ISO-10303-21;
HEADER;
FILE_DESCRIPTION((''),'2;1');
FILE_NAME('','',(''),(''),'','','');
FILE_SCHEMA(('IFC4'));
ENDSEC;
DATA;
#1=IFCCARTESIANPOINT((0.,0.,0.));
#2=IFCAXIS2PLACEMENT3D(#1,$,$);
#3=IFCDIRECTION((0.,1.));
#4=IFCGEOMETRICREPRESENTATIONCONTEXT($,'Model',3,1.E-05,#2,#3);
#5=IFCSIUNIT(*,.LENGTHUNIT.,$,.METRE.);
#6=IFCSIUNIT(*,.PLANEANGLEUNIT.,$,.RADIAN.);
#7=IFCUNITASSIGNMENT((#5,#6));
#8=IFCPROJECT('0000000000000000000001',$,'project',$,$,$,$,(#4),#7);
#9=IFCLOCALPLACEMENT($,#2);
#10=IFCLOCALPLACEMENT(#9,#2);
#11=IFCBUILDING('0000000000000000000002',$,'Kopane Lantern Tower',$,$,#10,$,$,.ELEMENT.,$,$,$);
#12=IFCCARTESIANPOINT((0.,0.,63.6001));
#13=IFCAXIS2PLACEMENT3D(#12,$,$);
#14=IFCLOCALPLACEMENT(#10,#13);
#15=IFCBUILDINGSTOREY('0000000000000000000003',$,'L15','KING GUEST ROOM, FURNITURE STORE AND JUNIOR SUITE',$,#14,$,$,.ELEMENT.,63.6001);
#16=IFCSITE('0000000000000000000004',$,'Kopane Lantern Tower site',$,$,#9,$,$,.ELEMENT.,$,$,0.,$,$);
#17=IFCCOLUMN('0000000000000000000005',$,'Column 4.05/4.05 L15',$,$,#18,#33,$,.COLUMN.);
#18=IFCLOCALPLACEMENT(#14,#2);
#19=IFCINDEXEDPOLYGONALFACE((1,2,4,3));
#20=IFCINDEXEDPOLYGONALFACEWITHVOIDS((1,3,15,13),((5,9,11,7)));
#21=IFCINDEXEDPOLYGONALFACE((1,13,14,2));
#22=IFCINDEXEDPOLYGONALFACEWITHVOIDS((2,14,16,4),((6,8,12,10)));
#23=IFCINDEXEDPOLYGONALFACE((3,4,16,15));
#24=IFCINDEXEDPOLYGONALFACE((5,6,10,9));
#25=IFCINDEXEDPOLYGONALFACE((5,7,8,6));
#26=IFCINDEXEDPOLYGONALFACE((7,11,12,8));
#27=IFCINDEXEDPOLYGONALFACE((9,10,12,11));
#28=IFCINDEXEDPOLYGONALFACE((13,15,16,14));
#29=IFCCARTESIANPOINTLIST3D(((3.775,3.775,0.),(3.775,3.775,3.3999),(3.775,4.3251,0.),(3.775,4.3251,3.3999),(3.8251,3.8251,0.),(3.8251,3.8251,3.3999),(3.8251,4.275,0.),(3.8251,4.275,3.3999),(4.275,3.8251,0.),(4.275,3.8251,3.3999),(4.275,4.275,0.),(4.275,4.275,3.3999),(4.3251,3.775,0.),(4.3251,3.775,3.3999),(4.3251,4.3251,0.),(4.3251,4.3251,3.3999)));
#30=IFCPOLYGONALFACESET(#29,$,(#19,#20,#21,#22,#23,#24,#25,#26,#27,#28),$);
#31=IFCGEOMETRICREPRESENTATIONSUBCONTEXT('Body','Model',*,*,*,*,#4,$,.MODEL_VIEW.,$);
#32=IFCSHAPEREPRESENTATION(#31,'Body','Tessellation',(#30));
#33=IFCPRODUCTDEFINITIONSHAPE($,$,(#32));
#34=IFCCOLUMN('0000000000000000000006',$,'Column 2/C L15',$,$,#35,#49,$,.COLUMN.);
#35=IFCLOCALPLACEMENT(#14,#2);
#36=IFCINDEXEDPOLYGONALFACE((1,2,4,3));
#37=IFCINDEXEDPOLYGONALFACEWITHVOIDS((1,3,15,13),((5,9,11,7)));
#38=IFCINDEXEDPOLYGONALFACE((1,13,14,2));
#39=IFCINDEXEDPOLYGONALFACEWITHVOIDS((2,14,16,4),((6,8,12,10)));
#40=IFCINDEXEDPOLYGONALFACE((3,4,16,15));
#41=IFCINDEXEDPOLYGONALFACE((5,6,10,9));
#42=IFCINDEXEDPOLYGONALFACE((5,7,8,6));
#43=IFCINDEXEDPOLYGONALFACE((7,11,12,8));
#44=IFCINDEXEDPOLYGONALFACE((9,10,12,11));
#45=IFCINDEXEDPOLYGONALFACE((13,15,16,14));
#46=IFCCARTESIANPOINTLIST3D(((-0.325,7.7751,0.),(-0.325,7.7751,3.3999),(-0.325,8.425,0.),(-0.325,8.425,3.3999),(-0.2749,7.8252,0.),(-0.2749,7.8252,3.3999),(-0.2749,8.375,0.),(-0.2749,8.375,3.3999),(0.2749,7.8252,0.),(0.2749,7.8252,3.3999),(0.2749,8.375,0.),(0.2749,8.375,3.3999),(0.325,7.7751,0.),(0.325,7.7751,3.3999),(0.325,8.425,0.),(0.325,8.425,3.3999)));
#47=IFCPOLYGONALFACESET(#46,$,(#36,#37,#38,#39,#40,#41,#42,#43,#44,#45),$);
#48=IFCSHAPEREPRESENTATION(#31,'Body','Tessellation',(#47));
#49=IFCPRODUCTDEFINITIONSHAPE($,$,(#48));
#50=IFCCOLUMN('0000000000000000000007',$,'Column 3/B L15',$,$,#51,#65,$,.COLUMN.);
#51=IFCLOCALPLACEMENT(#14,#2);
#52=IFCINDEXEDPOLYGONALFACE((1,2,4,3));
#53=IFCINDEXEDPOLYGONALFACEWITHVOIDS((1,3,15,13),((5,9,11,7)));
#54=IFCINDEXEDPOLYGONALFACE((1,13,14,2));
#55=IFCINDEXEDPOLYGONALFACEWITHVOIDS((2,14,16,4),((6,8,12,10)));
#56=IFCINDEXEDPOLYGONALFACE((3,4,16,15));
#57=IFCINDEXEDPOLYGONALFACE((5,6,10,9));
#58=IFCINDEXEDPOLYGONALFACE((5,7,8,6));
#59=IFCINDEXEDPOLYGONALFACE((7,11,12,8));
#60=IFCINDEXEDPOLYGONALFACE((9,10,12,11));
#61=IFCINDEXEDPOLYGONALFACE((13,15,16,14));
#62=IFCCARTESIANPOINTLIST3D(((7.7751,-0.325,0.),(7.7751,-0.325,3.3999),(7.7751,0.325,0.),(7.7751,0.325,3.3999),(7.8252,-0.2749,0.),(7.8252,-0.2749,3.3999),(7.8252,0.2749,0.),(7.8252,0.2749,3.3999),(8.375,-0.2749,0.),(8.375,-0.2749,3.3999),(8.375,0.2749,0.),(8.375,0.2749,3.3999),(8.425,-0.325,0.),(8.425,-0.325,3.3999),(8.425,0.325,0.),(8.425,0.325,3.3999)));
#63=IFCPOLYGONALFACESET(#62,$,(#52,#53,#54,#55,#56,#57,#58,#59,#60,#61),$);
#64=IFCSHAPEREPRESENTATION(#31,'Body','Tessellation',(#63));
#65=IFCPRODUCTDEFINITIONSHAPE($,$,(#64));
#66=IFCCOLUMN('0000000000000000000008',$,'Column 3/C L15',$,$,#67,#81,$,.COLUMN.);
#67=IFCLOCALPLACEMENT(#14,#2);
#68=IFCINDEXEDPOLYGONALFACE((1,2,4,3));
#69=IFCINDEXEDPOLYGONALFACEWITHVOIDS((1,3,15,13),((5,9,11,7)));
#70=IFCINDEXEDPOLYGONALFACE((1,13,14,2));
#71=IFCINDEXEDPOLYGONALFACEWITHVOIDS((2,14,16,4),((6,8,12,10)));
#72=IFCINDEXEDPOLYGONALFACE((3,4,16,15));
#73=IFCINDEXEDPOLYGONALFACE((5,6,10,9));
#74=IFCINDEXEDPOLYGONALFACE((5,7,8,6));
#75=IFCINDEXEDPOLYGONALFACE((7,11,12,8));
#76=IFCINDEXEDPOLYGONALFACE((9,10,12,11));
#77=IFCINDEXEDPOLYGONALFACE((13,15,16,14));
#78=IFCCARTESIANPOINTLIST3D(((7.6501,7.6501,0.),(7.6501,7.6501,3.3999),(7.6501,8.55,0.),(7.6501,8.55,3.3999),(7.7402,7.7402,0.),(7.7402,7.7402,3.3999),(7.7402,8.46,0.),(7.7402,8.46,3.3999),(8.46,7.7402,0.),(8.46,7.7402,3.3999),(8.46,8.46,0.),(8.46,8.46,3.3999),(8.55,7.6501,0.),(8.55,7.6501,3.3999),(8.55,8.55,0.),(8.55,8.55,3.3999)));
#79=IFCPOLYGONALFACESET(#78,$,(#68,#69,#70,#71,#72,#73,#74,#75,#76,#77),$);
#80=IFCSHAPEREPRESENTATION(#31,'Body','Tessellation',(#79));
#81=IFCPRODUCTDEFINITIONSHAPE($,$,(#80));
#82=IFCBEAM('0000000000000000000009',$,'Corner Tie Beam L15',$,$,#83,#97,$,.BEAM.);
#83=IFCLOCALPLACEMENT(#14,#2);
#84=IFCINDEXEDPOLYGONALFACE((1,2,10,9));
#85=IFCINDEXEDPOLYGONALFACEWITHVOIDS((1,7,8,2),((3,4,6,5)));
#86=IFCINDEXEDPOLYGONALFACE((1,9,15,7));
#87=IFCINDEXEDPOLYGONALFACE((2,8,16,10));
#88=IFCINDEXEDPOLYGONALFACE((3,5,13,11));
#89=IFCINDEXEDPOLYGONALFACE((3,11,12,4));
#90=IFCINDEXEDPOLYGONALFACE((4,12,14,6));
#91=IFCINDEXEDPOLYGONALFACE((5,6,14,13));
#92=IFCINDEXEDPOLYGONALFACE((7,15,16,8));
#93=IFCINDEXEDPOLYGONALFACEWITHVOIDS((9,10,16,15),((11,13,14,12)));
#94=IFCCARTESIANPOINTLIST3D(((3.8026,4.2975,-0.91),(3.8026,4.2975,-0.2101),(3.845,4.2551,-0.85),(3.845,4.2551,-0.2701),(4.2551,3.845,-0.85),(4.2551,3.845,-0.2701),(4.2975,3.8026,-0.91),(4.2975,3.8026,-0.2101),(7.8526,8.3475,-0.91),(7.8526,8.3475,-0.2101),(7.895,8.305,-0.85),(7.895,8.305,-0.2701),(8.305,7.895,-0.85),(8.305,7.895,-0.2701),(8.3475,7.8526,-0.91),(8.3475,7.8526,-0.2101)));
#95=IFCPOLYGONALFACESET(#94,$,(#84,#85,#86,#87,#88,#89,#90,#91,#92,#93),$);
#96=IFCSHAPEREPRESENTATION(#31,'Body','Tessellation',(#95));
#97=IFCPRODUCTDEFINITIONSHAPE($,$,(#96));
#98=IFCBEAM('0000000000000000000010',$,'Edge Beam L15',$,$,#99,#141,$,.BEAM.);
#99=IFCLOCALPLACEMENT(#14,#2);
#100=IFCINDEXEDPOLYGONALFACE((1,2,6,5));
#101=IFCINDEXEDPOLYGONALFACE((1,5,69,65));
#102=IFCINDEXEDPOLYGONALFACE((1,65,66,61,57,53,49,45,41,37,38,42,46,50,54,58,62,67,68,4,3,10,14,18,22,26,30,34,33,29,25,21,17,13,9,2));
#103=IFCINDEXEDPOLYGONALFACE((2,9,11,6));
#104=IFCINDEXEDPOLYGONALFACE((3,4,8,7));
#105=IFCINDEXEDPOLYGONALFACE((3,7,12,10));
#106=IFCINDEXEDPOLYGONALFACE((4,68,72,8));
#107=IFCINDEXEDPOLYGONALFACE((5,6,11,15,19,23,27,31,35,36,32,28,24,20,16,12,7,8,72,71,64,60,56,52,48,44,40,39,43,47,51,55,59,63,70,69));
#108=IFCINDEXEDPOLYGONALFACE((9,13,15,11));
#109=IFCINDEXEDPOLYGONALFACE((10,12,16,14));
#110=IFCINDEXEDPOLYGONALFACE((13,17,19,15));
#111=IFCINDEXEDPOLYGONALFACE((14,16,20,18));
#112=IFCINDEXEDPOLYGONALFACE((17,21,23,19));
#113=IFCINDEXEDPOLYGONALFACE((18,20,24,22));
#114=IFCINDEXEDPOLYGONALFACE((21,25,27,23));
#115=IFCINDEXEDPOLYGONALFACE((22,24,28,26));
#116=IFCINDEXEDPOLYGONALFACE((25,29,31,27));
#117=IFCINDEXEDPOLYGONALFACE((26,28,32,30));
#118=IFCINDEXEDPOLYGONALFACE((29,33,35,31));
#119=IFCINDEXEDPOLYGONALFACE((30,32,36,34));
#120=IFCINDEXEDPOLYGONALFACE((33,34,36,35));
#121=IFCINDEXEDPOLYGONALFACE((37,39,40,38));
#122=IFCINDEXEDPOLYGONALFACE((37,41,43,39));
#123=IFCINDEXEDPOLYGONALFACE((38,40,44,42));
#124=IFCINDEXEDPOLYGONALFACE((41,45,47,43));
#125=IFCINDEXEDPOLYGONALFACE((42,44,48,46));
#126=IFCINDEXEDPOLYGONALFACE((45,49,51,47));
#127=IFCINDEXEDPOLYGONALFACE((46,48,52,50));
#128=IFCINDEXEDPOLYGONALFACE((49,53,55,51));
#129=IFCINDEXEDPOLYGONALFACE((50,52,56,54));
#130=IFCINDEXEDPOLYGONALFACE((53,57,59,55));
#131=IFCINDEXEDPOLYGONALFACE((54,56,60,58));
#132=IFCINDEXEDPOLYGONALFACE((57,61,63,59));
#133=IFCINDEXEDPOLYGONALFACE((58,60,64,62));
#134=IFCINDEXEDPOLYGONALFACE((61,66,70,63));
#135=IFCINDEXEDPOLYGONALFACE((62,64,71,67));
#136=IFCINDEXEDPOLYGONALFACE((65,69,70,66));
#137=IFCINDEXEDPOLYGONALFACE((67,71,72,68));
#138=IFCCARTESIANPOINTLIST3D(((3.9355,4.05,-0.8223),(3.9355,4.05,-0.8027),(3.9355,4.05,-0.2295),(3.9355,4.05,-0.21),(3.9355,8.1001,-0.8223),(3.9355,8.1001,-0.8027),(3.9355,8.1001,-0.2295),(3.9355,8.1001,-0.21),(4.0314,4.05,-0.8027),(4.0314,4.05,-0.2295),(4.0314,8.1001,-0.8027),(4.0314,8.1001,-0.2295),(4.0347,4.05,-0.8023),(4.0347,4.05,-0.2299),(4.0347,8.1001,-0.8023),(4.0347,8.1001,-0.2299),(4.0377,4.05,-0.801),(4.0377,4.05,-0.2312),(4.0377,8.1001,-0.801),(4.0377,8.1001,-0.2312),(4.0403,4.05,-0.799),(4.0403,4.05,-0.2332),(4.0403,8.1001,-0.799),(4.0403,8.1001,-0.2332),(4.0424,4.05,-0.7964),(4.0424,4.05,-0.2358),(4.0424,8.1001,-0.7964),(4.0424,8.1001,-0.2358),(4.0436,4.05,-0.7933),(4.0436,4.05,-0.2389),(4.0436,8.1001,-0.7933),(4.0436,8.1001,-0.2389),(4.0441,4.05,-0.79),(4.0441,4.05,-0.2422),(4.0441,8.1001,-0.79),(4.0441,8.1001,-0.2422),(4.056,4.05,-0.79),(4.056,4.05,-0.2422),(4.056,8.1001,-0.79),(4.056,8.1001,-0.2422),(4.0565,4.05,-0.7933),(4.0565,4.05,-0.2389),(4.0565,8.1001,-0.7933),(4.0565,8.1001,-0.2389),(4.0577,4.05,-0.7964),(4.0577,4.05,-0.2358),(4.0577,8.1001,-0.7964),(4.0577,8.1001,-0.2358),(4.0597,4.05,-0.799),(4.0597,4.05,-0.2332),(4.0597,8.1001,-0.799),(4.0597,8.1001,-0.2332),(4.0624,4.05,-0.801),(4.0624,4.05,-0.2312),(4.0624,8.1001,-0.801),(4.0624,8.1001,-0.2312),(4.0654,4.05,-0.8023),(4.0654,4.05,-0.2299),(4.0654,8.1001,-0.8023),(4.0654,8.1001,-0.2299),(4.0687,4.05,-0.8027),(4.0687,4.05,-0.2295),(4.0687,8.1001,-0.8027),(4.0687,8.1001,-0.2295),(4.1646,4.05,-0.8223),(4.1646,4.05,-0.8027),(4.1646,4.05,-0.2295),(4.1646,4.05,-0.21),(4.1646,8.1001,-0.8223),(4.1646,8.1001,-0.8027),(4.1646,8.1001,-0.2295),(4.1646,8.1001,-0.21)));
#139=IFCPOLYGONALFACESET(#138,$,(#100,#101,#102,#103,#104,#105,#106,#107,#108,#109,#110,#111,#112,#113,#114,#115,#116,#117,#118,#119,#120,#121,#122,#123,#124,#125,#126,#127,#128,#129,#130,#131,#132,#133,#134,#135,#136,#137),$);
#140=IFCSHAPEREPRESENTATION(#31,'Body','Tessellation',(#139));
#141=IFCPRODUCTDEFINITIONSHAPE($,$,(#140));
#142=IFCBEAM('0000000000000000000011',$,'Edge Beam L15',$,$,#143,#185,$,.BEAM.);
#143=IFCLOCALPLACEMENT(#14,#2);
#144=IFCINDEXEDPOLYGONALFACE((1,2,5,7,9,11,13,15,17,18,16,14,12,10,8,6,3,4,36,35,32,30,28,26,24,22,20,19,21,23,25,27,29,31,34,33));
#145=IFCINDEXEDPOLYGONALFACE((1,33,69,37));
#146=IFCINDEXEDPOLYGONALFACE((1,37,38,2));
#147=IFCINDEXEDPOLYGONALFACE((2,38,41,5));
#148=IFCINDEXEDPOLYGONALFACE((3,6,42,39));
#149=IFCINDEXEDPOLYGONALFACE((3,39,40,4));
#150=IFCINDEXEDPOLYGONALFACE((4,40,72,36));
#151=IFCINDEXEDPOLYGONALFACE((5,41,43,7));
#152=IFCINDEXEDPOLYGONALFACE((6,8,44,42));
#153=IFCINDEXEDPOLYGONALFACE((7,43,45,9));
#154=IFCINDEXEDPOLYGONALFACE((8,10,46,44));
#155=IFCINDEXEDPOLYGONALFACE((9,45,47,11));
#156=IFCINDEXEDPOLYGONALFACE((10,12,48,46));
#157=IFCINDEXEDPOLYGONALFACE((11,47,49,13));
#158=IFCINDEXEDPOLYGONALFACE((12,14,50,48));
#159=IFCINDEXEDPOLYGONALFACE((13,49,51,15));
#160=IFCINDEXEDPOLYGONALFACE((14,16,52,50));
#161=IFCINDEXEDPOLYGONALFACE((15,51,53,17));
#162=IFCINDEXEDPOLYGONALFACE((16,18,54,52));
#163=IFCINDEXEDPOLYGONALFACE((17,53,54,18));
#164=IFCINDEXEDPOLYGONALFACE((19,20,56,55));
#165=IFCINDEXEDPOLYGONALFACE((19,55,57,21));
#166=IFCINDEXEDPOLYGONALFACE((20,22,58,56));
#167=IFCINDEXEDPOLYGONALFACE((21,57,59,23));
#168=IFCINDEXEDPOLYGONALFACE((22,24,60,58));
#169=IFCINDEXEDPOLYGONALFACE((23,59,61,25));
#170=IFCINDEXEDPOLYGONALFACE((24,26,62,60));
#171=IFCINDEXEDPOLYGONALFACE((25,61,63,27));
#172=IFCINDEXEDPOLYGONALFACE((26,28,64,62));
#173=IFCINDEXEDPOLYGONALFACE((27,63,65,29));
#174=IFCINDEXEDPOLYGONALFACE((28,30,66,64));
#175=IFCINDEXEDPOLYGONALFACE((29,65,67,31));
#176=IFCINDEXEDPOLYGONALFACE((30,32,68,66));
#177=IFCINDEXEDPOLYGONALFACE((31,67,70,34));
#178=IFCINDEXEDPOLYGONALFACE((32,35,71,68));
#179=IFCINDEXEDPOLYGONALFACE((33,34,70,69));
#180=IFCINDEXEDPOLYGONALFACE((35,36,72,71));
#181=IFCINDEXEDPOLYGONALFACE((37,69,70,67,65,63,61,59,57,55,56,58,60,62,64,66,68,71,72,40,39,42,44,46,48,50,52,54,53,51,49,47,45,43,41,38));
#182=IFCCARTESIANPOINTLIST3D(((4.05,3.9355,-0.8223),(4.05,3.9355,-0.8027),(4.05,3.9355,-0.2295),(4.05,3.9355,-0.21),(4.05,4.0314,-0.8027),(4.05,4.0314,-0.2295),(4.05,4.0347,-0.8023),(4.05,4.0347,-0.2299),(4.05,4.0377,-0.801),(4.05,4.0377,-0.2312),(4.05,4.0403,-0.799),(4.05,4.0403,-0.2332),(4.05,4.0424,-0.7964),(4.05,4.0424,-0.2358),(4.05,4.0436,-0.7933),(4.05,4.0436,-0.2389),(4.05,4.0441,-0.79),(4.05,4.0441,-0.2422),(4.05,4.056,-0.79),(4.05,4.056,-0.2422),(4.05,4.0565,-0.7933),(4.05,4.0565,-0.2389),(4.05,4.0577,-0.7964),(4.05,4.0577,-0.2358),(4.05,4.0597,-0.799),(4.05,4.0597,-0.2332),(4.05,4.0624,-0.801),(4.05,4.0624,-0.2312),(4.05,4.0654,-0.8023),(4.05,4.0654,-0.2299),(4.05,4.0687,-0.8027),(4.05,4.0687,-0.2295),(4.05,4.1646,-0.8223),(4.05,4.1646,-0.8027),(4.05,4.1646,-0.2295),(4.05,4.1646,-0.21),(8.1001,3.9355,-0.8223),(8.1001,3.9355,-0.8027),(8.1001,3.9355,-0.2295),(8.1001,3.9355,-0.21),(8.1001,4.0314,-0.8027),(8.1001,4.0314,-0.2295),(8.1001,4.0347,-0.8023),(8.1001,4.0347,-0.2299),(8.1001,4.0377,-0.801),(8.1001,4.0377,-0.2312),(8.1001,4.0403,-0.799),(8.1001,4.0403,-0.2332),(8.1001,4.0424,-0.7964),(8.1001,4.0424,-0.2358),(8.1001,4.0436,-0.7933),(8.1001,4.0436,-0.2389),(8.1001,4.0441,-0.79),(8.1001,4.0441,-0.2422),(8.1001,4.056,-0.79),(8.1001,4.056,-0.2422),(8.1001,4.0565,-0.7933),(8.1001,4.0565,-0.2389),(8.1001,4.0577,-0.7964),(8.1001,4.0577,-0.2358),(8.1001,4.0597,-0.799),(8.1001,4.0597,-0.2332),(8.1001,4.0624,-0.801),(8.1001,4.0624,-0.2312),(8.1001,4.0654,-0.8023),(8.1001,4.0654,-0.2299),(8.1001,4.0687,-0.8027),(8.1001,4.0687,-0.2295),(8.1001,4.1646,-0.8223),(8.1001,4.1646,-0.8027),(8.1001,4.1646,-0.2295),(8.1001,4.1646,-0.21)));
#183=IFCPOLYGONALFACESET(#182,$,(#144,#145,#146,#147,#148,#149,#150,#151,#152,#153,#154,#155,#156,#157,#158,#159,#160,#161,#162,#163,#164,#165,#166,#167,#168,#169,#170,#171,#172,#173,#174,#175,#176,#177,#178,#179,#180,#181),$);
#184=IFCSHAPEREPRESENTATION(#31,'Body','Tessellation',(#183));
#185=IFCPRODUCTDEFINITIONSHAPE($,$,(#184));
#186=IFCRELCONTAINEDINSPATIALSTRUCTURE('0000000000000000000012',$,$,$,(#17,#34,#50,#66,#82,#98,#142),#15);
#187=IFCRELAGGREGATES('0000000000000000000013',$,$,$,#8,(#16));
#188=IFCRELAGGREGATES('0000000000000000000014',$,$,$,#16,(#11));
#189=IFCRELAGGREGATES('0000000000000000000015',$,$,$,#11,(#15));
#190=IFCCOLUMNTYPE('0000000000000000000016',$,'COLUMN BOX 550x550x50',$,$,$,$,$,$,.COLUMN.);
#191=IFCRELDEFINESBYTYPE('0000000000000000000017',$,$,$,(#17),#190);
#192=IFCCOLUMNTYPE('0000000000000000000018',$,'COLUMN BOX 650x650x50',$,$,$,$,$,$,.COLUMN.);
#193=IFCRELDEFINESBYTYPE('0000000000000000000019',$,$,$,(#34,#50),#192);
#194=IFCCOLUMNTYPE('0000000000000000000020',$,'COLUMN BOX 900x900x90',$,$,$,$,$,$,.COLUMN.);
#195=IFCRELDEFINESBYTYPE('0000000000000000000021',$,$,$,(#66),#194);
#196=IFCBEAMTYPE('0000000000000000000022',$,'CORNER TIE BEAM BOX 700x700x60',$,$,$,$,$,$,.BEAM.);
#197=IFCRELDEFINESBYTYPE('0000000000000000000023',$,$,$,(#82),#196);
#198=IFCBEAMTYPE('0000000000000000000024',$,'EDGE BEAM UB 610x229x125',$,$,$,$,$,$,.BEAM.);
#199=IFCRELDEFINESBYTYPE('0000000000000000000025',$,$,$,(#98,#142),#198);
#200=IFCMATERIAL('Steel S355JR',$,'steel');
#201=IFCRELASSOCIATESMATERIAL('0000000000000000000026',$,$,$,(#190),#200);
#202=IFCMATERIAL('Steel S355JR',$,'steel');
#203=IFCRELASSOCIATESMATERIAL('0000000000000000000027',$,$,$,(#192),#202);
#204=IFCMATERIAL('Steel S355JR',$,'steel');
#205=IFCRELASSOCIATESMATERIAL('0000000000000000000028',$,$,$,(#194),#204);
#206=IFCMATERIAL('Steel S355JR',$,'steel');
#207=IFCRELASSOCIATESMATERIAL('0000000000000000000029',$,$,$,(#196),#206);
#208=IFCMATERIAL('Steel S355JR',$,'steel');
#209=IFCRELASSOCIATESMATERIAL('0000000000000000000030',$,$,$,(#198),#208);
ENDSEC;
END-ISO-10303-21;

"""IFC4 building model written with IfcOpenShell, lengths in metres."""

from ifc_helpers import new_model, si_unit, direction, frame, origin, origin_2d, place, context, subcontext, project, spatial, hollow_rectangle, i_section, extrude, material, material_profile, profile_set, type_object, element, save


model = new_model("IFC4")

# Units and contexts
model_context = context("Model", 3, precision=1e-05, world=origin(), true_north=direction((0.0, 1.0)))
body_context = subcontext(model_context, "Body", "Model", "MODEL_VIEW")
ifc_project = project(units=[si_unit("LENGTHUNIT", "METRE"), si_unit("PLANEANGLEUNIT", "RADIAN")], contexts=[model_context])

# Site, building, storey
site_placement = place(None, origin())
site = spatial("IfcSite", under=ifc_project, at=site_placement, Name="Kopane Lantern Tower site", CompositionType="ELEMENT", RefElevation=0.0)
building_placement = place(site_placement, origin())
building = spatial("IfcBuilding", under=site, at=building_placement, Name="Kopane Lantern Tower", CompositionType="ELEMENT")
storey_placement = place(building_placement, frame((0.0, 0.0, 63.6001)))
storey = spatial("IfcBuildingStorey", under=building, at=storey_placement, Name="L15", Description="KING GUEST ROOM, FURNITURE STORE AND JUNIOR SUITE", CompositionType="ELEMENT", Elevation=63.6001)

# Columns
ifc_material_1 = material(Name="Steel S355JR", Category="steel")
ifc_material_profile_1 = material_profile(ifc_material_1, hollow_rectangle(XDim=0.55, YDim=0.55, WallThickness=0.05, at=origin_2d()), Name="BOX 550x550x50")
ifc_profile_set_1 = profile_set([ifc_material_profile_1], Name="Steel S355JR")
column_type_1 = type_object("IfcColumnType", Name="COLUMN BOX 550x550x50", PredefinedType="COLUMN", material=ifc_profile_set_1)
column_1_placement = place(storey_placement, frame((4.05, 4.05, 0.0), z_axis=(0.0, 0.0, 1.0), x_axis=(1.0, 0.0, 0.0)))
element("IfcColumn", 1, at=column_1_placement, inside=storey, type_object=column_type_1, Name="Column 4.05/4.05 L15", PredefinedType="COLUMN", context=body_context, shape_type="SweptSolid", body=[
    extrude(hollow_rectangle(XDim=0.55, YDim=0.55, WallThickness=0.05, at=origin_2d()), origin(), (0.0, 0.0, 1.0), 3.3999),
])
ifc_material_2 = material(Name="Steel S355JR", Category="steel")
ifc_material_profile_2 = material_profile(ifc_material_2, hollow_rectangle(XDim=0.6499, YDim=0.6499, WallThickness=0.05, at=origin_2d()), Name="BOX 650x650x50")
ifc_profile_set_2 = profile_set([ifc_material_profile_2], Name="Steel S355JR")
column_type_2 = type_object("IfcColumnType", Name="COLUMN BOX 650x650x50", PredefinedType="COLUMN", material=ifc_profile_set_2)
for number, where, z_axis, x_axis, name in (
    (2, (0.0, 8.1001, 0.0), (0.0, 0.0, 1.0), (1.0, 0.0, 0.0), "Column 2/C L15"),
    (3, (8.1001, 0.0, 0.0), (0.0, 0.0, 1.0), (1.0, 0.0, 0.0), "Column 3/B L15"),
):
    element("IfcColumn", number, at=place(storey_placement, frame(where, z_axis=z_axis, x_axis=x_axis)), inside=storey, type_object=column_type_2, Name=name, PredefinedType="COLUMN", context=body_context, shape_type="SweptSolid", body=[
        extrude(hollow_rectangle(XDim=0.6499, YDim=0.6499, WallThickness=0.05, at=origin_2d()), origin(), (0.0, 0.0, 1.0), 3.3999),
    ])
ifc_material_3 = material(Name="Steel S355JR", Category="steel")
ifc_material_profile_3 = material_profile(ifc_material_3, hollow_rectangle(XDim=0.8999, YDim=0.8999, WallThickness=0.0901, at=origin_2d()), Name="BOX 900x900x90")
ifc_profile_set_3 = profile_set([ifc_material_profile_3], Name="Steel S355JR")
column_type_3 = type_object("IfcColumnType", Name="COLUMN BOX 900x900x90", PredefinedType="COLUMN", material=ifc_profile_set_3)
column_2_placement = place(storey_placement, frame((8.1001, 8.1001, 0.0), z_axis=(0.0, 0.0, 1.0), x_axis=(1.0, 0.0, 0.0)))
element("IfcColumn", 4, at=column_2_placement, inside=storey, type_object=column_type_3, Name="Column 3/C L15", PredefinedType="COLUMN", context=body_context, shape_type="SweptSolid", body=[
    extrude(hollow_rectangle(XDim=0.8999, YDim=0.8999, WallThickness=0.0901, at=origin_2d()), origin(), (0.0, 0.0, 1.0), 3.3999),
])

# Beams
ifc_material_4 = material(Name="Steel S355JR", Category="steel")
ifc_material_profile_4 = material_profile(ifc_material_4, hollow_rectangle(XDim=0.7, YDim=0.7, WallThickness=0.0601, at=origin_2d()), Name="BOX 700x700x60")
ifc_profile_set_4 = profile_set([ifc_material_profile_4], Name="Steel S355JR")
beam_type_1 = type_object("IfcBeamType", Name="CORNER TIE BEAM BOX 700x700x60", PredefinedType="BEAM", material=ifc_profile_set_4)
beam_1_placement = place(storey_placement, frame((4.05, 4.05, -0.5601), z_axis=(0.707107, 0.707107, 0.0), x_axis=(-0.707107, 0.707107, 0.0)))
element("IfcBeam", 5, at=beam_1_placement, inside=storey, type_object=beam_type_1, Name="Corner Tie Beam L15", PredefinedType="BEAM", context=body_context, shape_type="SweptSolid", body=[
    extrude(hollow_rectangle(XDim=0.7, YDim=0.7, WallThickness=0.0601, at=origin_2d()), origin(), (0.0, 0.0, 1.0), 5.7275),
])
ifc_material_5 = material(Name="Steel S355JR", Category="steel")
ifc_material_profile_5 = material_profile(ifc_material_5, i_section(OverallWidth=0.229, OverallDepth=0.6123, WebThickness=0.012, FlangeThickness=0.0195, FilletRadius=0.0127, at=origin_2d()), Name="UB 610x229x125")
ifc_profile_set_5 = profile_set([ifc_material_profile_5], Name="Steel S355JR")
beam_type_2 = type_object("IfcBeamType", Name="EDGE BEAM UB 610x229x125", PredefinedType="BEAM", material=ifc_profile_set_5)
for number, where, z_axis, x_axis, name in (
    (6, (4.05, 4.05, -0.5161), (0.0, 1.0, 0.0), (-1.0, 0.0, 0.0), "Edge Beam L15"),
    (7, (4.05, 4.05, -0.5161), (1.0, 0.0, 0.0), (0.0, 1.0, 0.0), "Edge Beam L15"),
):
    element("IfcBeam", number, at=place(storey_placement, frame(where, z_axis=z_axis, x_axis=x_axis)), inside=storey, type_object=beam_type_2, Name=name, PredefinedType="BEAM", context=body_context, shape_type="SweptSolid", body=[
        extrude(i_section(OverallWidth=0.229, OverallDepth=0.6123, WebThickness=0.012, FlangeThickness=0.0195, FilletRadius=0.0127, at=origin_2d()), origin(), (0.0, 0.0, 1.0), 4.05),
    ])

save(model, "model.ifc")
